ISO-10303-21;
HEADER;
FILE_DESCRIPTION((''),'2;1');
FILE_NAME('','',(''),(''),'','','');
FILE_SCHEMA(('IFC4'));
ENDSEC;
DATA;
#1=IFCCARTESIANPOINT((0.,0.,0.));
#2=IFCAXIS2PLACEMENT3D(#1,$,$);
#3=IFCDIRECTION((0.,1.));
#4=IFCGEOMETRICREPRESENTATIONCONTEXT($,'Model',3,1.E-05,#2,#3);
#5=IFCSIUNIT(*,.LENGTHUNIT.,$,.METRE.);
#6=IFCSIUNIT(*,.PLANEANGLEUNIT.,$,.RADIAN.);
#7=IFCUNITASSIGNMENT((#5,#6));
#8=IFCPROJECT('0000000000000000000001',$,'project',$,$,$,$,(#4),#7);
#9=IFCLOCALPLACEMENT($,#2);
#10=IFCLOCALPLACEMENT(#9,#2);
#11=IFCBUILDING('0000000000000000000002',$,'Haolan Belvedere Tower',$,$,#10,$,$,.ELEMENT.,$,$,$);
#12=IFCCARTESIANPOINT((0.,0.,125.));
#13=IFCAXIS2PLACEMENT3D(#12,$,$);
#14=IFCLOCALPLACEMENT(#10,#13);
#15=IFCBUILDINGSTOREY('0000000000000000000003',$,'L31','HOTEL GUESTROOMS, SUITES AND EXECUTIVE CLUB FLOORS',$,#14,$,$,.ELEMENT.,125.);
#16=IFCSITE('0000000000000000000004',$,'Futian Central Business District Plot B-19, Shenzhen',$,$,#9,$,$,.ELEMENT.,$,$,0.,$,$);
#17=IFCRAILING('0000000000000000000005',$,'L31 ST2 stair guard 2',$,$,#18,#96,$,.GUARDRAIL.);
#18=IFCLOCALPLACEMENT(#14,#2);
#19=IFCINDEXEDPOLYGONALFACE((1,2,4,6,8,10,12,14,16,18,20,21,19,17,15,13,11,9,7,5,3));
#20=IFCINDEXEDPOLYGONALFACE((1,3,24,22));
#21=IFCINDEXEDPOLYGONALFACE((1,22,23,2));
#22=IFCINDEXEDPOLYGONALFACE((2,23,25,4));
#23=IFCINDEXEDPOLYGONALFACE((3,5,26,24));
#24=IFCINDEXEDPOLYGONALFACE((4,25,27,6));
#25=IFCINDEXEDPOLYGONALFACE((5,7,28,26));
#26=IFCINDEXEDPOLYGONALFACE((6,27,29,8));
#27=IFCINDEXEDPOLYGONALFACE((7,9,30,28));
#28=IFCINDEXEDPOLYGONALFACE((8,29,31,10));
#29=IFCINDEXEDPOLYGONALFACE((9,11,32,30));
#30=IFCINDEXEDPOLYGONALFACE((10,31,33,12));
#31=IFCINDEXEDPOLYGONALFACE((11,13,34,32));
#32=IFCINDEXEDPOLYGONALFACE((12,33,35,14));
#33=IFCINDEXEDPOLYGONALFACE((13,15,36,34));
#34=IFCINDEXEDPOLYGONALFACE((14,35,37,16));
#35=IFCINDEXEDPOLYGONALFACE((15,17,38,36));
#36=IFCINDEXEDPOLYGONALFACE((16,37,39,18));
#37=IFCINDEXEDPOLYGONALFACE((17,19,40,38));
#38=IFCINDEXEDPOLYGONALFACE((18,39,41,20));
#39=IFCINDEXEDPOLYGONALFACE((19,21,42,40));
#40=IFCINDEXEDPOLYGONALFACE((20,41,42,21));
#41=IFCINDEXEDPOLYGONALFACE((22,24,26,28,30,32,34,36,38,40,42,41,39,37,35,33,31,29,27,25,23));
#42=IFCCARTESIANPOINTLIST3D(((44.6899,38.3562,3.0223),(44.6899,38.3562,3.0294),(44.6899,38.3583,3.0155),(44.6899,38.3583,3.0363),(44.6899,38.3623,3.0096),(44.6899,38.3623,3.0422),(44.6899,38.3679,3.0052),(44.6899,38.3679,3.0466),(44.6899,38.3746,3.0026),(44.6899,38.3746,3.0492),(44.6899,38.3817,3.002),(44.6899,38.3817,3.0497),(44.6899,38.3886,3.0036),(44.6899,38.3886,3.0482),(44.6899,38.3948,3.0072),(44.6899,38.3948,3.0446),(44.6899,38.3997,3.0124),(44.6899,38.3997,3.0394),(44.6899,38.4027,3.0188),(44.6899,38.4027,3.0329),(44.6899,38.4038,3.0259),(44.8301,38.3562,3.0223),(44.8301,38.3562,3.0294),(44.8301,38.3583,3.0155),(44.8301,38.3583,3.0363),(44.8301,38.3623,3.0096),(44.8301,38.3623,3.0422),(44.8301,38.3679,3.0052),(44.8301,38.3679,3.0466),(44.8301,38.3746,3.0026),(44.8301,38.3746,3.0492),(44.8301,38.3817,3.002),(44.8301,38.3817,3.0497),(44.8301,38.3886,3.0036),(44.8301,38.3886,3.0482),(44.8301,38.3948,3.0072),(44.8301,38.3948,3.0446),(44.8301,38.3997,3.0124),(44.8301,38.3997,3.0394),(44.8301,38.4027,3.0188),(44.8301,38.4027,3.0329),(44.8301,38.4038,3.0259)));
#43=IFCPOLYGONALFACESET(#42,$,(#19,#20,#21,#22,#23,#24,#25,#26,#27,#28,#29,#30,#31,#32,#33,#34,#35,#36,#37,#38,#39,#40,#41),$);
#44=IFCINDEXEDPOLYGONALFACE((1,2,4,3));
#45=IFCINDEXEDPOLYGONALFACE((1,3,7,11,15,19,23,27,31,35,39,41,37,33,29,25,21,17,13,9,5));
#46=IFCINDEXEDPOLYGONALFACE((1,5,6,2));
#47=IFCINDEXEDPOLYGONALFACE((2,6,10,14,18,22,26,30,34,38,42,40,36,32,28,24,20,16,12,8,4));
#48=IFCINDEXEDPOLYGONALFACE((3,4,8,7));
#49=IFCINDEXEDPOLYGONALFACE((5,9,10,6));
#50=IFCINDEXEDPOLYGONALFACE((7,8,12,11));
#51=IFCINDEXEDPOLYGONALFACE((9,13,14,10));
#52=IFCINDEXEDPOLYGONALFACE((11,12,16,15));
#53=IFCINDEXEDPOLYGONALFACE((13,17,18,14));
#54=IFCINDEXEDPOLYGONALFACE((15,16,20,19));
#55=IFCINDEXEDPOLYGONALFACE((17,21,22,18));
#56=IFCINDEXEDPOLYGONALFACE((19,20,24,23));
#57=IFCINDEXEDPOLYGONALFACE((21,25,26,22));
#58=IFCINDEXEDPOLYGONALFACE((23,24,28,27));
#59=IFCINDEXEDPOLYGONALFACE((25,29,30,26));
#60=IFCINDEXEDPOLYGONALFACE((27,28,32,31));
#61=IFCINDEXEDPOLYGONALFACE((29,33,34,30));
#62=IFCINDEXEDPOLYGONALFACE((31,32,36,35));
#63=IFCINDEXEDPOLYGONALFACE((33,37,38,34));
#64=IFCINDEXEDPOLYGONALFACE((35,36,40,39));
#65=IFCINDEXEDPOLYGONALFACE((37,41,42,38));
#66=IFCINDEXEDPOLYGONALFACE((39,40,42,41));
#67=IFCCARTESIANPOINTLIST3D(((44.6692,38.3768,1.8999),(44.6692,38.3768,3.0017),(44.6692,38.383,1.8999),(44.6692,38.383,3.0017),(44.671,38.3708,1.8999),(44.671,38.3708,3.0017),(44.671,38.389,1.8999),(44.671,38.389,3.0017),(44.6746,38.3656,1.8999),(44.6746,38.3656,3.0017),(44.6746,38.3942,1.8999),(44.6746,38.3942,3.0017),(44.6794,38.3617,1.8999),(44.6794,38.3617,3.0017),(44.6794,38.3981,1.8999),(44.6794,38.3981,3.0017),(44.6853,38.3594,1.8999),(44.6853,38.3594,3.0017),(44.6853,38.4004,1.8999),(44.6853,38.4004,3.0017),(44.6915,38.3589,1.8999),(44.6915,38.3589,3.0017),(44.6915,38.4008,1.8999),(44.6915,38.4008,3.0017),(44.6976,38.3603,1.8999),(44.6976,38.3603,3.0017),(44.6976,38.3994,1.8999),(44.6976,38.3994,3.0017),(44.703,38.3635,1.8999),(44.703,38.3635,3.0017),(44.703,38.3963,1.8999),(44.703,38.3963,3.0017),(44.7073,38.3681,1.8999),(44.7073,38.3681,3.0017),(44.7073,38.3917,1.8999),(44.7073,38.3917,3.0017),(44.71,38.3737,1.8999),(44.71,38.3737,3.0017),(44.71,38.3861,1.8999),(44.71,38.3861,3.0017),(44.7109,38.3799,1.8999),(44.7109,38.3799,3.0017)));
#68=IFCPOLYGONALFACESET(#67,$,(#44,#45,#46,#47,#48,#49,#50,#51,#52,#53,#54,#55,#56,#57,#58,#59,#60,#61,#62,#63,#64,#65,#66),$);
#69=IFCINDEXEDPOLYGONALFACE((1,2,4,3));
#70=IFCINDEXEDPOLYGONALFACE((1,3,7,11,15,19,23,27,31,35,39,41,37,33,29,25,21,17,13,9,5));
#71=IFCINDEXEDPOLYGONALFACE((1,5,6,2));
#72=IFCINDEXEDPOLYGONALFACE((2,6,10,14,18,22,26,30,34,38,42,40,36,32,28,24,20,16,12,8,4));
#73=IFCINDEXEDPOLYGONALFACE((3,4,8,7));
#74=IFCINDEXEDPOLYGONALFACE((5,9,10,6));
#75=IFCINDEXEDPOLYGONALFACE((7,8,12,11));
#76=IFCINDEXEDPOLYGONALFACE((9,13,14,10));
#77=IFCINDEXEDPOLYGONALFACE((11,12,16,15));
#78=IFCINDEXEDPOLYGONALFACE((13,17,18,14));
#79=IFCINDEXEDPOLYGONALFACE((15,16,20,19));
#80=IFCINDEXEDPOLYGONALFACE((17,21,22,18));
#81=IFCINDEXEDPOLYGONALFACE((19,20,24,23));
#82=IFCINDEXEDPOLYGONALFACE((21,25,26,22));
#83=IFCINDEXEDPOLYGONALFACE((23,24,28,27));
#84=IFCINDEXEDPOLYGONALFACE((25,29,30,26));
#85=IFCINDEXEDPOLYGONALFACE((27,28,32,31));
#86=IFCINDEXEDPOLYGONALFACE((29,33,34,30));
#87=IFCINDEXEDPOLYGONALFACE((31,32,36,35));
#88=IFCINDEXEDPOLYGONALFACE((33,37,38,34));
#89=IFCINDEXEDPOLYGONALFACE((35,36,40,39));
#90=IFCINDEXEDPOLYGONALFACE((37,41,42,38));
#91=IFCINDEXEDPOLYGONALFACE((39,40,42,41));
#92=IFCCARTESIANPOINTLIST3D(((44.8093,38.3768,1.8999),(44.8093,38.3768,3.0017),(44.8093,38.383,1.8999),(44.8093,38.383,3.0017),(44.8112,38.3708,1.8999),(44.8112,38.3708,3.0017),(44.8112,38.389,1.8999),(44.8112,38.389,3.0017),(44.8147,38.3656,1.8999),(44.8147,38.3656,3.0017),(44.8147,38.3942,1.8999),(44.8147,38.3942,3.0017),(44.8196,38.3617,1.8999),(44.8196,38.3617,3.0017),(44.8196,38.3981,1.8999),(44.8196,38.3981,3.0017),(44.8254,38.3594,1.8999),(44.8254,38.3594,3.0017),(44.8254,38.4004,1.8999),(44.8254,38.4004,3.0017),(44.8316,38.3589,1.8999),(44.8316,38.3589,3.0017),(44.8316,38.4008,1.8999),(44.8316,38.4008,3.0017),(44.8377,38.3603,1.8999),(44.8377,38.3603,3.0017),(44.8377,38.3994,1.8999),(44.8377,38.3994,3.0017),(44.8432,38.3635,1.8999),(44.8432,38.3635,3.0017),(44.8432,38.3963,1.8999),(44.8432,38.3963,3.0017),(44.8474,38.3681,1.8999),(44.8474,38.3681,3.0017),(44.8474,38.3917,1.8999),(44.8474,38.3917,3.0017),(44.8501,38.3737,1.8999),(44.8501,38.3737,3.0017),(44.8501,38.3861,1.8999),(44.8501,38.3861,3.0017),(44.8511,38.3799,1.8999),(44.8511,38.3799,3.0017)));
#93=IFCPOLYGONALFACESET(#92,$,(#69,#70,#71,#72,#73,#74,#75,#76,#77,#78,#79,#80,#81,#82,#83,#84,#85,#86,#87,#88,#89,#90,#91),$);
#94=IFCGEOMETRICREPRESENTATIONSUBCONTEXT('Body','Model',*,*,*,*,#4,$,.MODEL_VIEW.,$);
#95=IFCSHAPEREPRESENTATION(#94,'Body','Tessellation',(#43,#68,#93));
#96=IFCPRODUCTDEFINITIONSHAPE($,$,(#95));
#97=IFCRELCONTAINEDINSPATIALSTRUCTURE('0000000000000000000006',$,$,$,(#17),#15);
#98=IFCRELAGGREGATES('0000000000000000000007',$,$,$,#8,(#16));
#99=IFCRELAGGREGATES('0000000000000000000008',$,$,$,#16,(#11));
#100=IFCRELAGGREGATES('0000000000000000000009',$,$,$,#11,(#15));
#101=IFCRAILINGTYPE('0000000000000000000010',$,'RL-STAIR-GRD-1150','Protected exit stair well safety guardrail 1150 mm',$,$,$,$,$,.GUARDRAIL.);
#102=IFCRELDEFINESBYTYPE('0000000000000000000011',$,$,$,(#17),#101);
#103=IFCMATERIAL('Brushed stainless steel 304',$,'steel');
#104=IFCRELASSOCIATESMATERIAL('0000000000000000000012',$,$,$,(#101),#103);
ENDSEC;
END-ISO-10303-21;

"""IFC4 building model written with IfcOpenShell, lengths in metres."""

from ifc_helpers import new_model, si_unit, direction, frame, origin, origin_2d, place, context, subcontext, project, spatial, circle, extrude, material, type_object, element, save


model = new_model("IFC4")

# Units and contexts
model_context = context("Model", 3, precision=1e-05, world=origin(), true_north=direction((0.0, 1.0)))
body_context = subcontext(model_context, "Body", "Model", "MODEL_VIEW")
ifc_project = project(units=[si_unit("LENGTHUNIT", "METRE"), si_unit("PLANEANGLEUNIT", "RADIAN")], contexts=[model_context])

# Site, building, storey
site_placement = place(None, origin())
site = spatial("IfcSite", under=ifc_project, at=site_placement, Name="Futian Central Business District Plot B-19, Shenzhen", CompositionType="ELEMENT", RefElevation=0.0)
building_placement = place(site_placement, origin())
building = spatial("IfcBuilding", under=site, at=building_placement, Name="Haolan Belvedere Tower", CompositionType="ELEMENT")
storey_placement = place(building_placement, frame((0.0, 0.0, 125.0)))
storey = spatial("IfcBuildingStorey", under=building, at=storey_placement, Name="L31", Description="HOTEL GUESTROOMS, SUITES AND EXECUTIVE CLUB FLOORS", CompositionType="ELEMENT", Elevation=125.0)

# Railing
ifc_material_1 = material(Name="Brushed stainless steel 304", Category="steel")
railing_type_1 = type_object("IfcRailingType", Name="RL-STAIR-GRD-1150", Description="Protected exit stair well safety guardrail 1150 mm", PredefinedType="GUARDRAIL", material=ifc_material_1)
railing_1_placement = place(storey_placement, frame((44.6899, 38.3799, 1.8999)))
element("IfcRailing", 1, at=railing_1_placement, inside=storey, type_object=railing_type_1, Name="L31 ST2 stair guard 2", PredefinedType="GUARDRAIL", context=body_context, shape_type="SweptSolid", body=[
    extrude(circle(Radius=0.0239, at=origin_2d()), frame((0.0, 0.0, 1.126), z_axis=(1.0, 0.0, 0.0), x_axis=(0.0, 1.0, 0.0)), (0.0, 0.0, 1.0), 0.1401),
    extrude(circle(Radius=0.021, at=origin_2d()), origin(), (0.0, 0.0, 1.0), 1.1018),
    extrude(circle(Radius=0.021, at=origin_2d()), frame((0.1401, 0.0, 0.0)), (0.0, 0.0, 1.0), 1.1018),
])

save(model, "model.ifc")
